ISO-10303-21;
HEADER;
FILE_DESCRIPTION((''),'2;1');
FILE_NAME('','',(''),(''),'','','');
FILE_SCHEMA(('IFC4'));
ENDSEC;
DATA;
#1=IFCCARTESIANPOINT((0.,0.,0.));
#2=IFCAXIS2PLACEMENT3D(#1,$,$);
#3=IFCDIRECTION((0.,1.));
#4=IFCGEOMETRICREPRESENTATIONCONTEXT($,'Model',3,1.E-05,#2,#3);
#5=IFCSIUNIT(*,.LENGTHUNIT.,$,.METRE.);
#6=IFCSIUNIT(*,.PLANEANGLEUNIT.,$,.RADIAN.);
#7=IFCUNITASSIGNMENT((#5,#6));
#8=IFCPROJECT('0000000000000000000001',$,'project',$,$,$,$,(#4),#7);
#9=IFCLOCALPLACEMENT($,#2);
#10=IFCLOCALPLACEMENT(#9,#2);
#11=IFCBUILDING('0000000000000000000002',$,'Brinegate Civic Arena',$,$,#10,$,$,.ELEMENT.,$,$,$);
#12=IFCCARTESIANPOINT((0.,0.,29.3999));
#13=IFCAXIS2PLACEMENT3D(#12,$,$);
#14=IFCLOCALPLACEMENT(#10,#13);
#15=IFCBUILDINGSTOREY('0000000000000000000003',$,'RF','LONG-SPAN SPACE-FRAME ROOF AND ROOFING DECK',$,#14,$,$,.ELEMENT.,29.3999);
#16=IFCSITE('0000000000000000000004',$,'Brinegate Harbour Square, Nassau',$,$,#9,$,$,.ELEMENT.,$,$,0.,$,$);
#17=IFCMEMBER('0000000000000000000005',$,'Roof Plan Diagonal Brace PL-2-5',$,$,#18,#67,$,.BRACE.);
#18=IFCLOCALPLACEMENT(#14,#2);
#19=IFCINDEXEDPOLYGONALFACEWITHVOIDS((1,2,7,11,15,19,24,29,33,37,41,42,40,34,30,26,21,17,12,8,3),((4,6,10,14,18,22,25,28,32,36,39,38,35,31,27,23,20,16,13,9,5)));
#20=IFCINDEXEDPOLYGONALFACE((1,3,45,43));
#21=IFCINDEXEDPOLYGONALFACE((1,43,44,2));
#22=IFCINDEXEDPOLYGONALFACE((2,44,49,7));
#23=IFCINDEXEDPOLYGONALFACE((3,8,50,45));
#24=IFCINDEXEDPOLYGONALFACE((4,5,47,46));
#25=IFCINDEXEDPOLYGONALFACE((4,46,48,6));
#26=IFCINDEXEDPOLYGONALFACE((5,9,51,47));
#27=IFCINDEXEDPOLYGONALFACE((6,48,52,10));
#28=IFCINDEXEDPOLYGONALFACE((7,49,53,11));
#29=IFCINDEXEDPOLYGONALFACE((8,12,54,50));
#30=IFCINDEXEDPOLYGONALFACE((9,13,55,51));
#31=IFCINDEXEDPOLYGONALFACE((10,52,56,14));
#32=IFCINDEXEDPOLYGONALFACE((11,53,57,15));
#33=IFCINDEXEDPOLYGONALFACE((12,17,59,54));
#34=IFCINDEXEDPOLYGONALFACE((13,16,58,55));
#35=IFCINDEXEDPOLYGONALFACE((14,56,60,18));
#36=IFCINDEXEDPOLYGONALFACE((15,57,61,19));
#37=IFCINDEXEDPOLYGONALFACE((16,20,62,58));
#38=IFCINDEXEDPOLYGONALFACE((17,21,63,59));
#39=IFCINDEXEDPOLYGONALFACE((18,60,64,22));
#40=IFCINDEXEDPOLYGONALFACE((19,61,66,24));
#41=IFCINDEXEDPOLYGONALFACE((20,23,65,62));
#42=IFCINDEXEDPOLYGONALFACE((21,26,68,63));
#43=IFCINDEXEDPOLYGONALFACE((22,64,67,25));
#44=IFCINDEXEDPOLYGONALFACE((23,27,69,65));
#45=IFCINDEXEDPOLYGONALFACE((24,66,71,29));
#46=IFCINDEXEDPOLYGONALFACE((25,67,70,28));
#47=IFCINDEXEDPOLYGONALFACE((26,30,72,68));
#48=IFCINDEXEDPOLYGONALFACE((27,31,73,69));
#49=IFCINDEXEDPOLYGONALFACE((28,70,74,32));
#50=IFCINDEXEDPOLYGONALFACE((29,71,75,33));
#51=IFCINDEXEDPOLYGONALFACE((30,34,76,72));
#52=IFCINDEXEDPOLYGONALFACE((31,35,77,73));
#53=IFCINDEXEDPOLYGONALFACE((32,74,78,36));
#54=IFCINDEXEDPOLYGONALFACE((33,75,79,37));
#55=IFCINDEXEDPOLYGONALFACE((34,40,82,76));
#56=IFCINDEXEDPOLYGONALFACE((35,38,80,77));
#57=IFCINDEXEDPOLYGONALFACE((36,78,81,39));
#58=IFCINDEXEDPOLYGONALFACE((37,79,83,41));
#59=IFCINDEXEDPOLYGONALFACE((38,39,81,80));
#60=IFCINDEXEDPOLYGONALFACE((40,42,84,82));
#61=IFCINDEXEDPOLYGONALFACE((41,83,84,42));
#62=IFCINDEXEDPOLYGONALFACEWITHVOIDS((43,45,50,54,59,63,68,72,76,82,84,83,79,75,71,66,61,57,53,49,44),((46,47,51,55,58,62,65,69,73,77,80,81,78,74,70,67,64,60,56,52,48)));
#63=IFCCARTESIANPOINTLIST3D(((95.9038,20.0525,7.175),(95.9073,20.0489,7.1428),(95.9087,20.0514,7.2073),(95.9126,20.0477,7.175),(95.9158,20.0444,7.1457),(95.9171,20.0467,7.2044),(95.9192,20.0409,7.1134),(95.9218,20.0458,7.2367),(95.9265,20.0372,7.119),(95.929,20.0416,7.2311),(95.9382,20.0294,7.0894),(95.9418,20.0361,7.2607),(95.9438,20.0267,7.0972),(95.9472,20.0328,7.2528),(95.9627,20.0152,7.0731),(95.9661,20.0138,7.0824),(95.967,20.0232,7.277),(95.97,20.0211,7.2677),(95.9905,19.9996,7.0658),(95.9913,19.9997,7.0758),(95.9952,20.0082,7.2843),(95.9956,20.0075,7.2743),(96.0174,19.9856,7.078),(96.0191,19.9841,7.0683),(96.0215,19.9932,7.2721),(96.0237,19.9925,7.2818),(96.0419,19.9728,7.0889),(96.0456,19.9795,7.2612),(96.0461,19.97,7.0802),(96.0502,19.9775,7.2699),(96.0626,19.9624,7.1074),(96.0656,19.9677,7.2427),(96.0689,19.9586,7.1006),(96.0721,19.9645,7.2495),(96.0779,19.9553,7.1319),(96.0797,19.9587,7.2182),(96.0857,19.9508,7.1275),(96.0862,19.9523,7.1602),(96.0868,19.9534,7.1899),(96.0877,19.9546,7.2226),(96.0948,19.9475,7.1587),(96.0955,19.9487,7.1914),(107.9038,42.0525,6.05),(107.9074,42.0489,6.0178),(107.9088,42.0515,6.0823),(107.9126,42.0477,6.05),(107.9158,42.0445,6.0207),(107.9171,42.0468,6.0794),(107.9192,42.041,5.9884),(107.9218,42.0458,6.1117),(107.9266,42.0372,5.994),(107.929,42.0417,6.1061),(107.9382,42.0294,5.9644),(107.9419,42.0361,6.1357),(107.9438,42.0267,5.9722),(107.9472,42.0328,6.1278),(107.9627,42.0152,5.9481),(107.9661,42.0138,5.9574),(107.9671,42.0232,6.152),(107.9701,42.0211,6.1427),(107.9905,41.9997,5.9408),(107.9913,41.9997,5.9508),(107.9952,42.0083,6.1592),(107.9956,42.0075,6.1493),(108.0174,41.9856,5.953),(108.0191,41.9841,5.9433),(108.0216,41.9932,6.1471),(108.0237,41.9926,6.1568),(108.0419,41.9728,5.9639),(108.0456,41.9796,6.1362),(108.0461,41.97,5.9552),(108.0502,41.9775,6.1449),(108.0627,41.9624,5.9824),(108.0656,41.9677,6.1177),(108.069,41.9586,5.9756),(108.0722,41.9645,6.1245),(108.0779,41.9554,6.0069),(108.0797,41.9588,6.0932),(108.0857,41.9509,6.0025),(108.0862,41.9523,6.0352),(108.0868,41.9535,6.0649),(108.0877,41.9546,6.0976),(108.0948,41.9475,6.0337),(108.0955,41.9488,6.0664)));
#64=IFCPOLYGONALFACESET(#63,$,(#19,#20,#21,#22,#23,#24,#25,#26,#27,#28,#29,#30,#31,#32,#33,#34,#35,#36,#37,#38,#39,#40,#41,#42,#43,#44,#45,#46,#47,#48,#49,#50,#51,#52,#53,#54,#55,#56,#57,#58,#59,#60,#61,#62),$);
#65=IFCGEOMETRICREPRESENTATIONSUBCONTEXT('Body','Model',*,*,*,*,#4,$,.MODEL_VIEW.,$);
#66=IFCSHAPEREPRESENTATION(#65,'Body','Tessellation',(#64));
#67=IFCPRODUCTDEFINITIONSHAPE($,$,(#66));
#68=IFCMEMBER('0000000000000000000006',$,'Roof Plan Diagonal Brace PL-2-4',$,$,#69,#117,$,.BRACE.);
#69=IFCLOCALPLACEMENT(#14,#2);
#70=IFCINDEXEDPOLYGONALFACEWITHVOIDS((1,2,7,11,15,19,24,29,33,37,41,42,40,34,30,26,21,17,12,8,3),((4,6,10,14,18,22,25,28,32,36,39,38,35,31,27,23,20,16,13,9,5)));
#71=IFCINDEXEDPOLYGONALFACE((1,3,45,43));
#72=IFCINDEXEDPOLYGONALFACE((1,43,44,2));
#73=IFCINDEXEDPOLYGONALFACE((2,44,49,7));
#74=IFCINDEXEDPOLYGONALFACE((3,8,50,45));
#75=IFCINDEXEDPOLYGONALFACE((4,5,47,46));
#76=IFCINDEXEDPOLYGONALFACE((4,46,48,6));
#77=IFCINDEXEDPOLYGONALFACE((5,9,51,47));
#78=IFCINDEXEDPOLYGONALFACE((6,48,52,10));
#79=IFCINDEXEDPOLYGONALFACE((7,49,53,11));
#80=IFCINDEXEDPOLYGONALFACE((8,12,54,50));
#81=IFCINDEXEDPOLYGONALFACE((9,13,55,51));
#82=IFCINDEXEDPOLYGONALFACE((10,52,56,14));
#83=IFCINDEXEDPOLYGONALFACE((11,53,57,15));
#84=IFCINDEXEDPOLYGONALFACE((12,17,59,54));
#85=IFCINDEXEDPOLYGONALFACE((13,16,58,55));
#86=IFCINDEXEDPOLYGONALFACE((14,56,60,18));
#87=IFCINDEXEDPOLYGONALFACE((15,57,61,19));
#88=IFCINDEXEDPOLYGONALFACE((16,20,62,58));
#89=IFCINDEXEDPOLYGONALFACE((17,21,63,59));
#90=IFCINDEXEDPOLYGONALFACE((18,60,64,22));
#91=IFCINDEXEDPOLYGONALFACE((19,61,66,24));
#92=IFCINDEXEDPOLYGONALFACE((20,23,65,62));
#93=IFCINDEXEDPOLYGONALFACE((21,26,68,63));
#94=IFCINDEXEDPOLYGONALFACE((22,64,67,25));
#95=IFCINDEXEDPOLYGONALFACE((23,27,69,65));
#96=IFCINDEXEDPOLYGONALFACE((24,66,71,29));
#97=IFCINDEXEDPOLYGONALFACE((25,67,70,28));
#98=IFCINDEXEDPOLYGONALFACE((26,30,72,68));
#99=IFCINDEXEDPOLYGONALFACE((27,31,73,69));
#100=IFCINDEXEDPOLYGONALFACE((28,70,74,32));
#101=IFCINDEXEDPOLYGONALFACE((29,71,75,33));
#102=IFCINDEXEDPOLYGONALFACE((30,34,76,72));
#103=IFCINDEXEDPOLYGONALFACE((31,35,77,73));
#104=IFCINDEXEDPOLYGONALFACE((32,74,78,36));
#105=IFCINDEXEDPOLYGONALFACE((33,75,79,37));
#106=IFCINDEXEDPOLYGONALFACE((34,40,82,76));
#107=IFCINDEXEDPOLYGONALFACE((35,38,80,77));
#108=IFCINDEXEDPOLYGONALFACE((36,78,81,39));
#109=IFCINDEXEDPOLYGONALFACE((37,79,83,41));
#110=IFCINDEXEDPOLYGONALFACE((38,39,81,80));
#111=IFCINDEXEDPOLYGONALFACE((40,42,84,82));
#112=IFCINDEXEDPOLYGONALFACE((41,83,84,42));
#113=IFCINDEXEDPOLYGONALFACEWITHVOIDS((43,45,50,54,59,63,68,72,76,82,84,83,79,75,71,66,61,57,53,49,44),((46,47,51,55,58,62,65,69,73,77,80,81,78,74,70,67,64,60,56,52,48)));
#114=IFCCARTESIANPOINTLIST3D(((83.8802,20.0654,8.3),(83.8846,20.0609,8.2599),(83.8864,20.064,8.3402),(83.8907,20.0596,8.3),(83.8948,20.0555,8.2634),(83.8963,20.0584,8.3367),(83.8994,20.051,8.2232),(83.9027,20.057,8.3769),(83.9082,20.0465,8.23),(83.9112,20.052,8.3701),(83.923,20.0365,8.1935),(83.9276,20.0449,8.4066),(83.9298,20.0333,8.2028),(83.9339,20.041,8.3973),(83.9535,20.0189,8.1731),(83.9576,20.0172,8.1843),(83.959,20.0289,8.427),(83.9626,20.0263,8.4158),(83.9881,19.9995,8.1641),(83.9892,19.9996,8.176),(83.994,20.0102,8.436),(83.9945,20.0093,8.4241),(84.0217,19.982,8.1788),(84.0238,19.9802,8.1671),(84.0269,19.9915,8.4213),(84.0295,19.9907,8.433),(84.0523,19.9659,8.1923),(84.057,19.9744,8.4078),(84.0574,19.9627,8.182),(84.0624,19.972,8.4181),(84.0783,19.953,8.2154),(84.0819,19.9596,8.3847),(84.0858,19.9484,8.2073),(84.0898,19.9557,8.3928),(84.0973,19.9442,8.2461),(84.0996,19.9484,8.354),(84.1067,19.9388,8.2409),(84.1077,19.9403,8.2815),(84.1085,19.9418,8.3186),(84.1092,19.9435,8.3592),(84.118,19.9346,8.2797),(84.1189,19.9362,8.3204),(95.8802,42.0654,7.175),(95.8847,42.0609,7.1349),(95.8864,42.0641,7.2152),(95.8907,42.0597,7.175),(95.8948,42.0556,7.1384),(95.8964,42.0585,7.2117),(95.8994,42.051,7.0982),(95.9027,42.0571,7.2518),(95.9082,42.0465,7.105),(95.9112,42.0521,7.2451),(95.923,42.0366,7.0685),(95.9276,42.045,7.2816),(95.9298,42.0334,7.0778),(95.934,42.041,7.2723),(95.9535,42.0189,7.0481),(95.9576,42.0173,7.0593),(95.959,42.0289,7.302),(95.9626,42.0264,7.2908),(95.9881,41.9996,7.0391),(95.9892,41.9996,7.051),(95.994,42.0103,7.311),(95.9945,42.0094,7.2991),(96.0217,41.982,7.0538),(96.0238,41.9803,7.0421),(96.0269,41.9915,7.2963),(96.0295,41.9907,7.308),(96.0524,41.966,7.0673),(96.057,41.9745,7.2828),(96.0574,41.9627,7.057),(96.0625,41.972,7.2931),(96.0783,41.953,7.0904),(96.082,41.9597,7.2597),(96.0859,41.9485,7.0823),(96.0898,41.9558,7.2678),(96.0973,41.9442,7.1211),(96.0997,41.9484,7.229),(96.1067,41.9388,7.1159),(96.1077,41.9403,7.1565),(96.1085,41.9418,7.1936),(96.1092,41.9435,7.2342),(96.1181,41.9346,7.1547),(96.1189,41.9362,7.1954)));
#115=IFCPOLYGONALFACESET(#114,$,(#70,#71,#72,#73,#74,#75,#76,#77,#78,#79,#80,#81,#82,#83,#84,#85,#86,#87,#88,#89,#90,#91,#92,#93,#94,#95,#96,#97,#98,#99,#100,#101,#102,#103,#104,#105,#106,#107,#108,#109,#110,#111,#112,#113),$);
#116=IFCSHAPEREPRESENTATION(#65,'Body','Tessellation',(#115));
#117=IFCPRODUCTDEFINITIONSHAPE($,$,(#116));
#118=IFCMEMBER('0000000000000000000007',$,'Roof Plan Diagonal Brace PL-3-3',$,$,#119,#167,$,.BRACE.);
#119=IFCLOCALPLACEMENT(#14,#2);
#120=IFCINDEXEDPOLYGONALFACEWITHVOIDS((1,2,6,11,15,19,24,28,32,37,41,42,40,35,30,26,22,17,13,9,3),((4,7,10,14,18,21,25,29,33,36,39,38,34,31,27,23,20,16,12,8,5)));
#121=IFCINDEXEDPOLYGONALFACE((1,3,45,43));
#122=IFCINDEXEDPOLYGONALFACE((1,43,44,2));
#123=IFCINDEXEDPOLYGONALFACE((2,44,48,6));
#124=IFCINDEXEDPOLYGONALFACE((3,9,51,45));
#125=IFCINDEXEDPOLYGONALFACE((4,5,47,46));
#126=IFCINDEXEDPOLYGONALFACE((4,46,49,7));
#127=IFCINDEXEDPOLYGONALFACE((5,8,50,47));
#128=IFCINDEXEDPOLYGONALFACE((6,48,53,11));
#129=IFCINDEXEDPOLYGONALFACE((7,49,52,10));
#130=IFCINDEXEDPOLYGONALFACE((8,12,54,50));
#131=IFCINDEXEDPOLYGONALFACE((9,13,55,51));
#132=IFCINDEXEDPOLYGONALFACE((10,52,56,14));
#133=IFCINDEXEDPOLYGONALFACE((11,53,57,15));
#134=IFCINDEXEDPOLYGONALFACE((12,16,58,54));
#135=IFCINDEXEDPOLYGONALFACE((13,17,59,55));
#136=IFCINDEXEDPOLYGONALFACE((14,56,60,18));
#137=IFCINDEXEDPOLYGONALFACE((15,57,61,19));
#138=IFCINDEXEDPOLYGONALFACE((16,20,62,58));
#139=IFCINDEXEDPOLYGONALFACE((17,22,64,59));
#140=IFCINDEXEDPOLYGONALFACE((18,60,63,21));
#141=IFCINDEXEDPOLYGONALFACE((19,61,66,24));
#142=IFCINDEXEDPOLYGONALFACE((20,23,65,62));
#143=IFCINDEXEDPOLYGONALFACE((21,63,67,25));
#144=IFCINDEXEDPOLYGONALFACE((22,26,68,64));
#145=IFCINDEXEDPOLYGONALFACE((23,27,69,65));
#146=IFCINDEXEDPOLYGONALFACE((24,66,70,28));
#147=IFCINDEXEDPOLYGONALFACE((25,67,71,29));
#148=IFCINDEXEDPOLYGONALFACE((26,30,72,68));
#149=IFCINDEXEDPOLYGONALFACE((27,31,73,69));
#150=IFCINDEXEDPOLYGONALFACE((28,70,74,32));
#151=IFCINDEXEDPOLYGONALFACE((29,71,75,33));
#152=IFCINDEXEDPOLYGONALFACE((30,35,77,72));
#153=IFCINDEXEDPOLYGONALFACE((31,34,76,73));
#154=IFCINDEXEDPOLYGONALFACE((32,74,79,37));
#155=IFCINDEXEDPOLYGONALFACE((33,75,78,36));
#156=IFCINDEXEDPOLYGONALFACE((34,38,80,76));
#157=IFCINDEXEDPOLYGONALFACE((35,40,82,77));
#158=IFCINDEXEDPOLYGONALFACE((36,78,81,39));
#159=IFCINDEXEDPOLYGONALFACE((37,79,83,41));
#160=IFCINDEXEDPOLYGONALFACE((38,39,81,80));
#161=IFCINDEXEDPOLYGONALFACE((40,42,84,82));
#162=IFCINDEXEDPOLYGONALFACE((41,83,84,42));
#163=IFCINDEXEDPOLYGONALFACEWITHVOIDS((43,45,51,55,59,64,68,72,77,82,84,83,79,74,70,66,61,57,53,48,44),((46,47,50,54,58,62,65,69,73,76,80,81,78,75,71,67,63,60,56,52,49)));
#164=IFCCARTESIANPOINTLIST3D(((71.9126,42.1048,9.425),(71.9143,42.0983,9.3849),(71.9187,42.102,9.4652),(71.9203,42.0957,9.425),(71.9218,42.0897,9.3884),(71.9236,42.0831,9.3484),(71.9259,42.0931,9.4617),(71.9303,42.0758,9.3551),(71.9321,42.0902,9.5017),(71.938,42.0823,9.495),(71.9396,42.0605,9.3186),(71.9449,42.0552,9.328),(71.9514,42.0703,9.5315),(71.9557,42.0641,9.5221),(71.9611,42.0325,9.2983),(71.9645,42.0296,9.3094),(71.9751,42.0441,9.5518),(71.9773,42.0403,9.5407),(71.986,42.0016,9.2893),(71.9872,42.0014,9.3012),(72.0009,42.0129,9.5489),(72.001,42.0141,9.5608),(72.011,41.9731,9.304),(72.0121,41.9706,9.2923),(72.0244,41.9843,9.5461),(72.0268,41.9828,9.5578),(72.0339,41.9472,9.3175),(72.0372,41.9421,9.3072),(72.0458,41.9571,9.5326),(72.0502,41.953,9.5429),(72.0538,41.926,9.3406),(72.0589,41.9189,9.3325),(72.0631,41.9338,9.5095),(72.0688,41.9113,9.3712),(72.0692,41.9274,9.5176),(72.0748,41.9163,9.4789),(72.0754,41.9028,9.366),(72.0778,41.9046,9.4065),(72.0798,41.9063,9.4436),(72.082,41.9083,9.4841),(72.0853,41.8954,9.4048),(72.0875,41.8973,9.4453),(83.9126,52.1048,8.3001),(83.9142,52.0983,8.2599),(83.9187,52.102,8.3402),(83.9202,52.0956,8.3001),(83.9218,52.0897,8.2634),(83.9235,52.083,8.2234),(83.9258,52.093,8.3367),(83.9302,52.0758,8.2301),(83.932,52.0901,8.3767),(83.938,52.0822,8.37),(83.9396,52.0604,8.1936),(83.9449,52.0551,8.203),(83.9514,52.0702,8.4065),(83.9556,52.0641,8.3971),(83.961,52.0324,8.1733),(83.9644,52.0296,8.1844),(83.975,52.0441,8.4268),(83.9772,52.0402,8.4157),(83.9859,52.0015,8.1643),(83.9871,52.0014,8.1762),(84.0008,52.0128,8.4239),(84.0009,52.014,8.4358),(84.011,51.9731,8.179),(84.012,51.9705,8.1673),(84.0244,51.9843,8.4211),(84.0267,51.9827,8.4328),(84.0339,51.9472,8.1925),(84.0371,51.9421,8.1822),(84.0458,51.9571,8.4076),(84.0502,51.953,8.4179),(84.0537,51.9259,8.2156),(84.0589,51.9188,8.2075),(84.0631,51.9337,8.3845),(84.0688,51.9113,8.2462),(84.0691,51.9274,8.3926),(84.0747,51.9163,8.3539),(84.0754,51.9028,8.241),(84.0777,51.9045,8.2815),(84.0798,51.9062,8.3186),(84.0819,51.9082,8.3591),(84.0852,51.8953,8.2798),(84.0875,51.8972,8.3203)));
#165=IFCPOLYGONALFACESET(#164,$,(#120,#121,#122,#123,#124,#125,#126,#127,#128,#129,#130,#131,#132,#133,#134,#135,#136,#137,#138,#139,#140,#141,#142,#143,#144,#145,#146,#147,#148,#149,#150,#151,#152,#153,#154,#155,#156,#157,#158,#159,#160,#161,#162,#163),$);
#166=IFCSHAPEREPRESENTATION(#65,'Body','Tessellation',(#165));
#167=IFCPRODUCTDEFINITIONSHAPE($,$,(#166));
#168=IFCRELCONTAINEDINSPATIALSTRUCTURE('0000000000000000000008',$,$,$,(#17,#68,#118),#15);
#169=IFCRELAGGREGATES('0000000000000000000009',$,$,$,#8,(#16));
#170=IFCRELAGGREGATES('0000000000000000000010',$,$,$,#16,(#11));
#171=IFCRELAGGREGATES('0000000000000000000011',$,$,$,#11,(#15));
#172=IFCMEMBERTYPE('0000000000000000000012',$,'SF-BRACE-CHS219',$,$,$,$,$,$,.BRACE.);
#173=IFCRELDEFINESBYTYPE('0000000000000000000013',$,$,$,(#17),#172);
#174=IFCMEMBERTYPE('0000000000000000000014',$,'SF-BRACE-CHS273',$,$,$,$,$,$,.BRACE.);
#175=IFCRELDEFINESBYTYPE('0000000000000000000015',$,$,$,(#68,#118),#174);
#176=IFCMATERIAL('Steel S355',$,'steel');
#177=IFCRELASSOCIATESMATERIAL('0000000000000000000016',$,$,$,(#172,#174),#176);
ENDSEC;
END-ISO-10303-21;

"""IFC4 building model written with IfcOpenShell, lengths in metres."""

from ifc_helpers import new_model, si_unit, direction, frame, origin, origin_2d, place, context, subcontext, project, spatial, hollow_circle, extrude, material, material_profile, profile_set, type_object, element, save


model = new_model("IFC4")

# Units and contexts
model_context = context("Model", 3, precision=1e-05, world=origin(), true_north=direction((0.0, 1.0)))
body_context = subcontext(model_context, "Body", "Model", "MODEL_VIEW")
ifc_project = project(units=[si_unit("LENGTHUNIT", "METRE"), si_unit("PLANEANGLEUNIT", "RADIAN")], contexts=[model_context])

# Site, building, storey
site_placement = place(None, origin())
site = spatial("IfcSite", under=ifc_project, at=site_placement, Name="Brinegate Harbour Square, Nassau", CompositionType="ELEMENT", RefElevation=0.0)
building_placement = place(site_placement, origin())
building = spatial("IfcBuilding", under=site, at=building_placement, Name="Brinegate Civic Arena", CompositionType="ELEMENT")
storey_placement = place(building_placement, frame((0.0, 0.0, 29.3999)))
storey = spatial("IfcBuildingStorey", under=building, at=storey_placement, Name="RF", Description="LONG-SPAN SPACE-FRAME ROOF AND ROOFING DECK", CompositionType="ELEMENT", Elevation=29.3999)

# Members
ifc_material = material(Name="Steel S355", Category="steel")
ifc_material_profile_1 = material_profile(ifc_material, hollow_circle(Radius=0.1096, WallThickness=0.01, at=origin_2d()), Name="CHS219X10")
ifc_profile_set_1 = profile_set([ifc_material_profile_1], Name="Steel S355")
member_type_1 = type_object("IfcMemberType", Name="SF-BRACE-CHS219", PredefinedType="BRACE", material=ifc_profile_set_1)
member_1_placement = place(storey_placement, frame((96.0, 20.0, 7.175), z_axis=(0.47837, 0.877012, -0.044847), x_axis=(-0.877896, 0.478852, 0.0)))
element("IfcMember", 1, at=member_1_placement, inside=storey, type_object=member_type_1, Name="Roof Plan Diagonal Brace PL-2-5", PredefinedType="BRACE", context=body_context, shape_type="SweptSolid", body=[
    extrude(hollow_circle(Radius=0.1096, WallThickness=0.01, at=origin_2d()), origin(), (0.0, 0.0, 1.0), 25.0852),
])
ifc_material_profile_2 = material_profile(ifc_material, hollow_circle(Radius=0.1365, WallThickness=0.012, at=origin_2d()), Name="CHS273X12")
ifc_profile_set_2 = profile_set([ifc_material_profile_2], Name="Steel S355")
member_type_2 = type_object("IfcMemberType", Name="SF-BRACE-CHS273", PredefinedType="BRACE", material=ifc_profile_set_2)
member_2_placement = place(storey_placement, frame((84.0, 20.0, 8.3), z_axis=(0.47837, 0.877012, -0.044847), x_axis=(-0.877896, 0.478852, 0.0)))
element("IfcMember", 2, at=member_2_placement, inside=storey, type_object=member_type_2, Name="Roof Plan Diagonal Brace PL-2-4", PredefinedType="BRACE", context=body_context, shape_type="SweptSolid", body=[
    extrude(hollow_circle(Radius=0.1365, WallThickness=0.012, at=origin_2d()), origin(), (0.0, 0.0, 1.0), 25.0852),
])
member_3_placement = place(storey_placement, frame((72.0, 42.0, 9.425), z_axis=(0.766237, 0.638531, -0.071835), x_axis=(-0.640184, 0.768221, 0.0)))
element("IfcMember", 3, at=member_3_placement, inside=storey, type_object=member_type_2, Name="Roof Plan Diagonal Brace PL-3-3", PredefinedType="BRACE", context=body_context, shape_type="SweptSolid", body=[
    extrude(hollow_circle(Radius=0.1365, WallThickness=0.012, at=origin_2d()), origin(), (0.0, 0.0, 1.0), 15.6609),
])

save(model, "model.ifc")
